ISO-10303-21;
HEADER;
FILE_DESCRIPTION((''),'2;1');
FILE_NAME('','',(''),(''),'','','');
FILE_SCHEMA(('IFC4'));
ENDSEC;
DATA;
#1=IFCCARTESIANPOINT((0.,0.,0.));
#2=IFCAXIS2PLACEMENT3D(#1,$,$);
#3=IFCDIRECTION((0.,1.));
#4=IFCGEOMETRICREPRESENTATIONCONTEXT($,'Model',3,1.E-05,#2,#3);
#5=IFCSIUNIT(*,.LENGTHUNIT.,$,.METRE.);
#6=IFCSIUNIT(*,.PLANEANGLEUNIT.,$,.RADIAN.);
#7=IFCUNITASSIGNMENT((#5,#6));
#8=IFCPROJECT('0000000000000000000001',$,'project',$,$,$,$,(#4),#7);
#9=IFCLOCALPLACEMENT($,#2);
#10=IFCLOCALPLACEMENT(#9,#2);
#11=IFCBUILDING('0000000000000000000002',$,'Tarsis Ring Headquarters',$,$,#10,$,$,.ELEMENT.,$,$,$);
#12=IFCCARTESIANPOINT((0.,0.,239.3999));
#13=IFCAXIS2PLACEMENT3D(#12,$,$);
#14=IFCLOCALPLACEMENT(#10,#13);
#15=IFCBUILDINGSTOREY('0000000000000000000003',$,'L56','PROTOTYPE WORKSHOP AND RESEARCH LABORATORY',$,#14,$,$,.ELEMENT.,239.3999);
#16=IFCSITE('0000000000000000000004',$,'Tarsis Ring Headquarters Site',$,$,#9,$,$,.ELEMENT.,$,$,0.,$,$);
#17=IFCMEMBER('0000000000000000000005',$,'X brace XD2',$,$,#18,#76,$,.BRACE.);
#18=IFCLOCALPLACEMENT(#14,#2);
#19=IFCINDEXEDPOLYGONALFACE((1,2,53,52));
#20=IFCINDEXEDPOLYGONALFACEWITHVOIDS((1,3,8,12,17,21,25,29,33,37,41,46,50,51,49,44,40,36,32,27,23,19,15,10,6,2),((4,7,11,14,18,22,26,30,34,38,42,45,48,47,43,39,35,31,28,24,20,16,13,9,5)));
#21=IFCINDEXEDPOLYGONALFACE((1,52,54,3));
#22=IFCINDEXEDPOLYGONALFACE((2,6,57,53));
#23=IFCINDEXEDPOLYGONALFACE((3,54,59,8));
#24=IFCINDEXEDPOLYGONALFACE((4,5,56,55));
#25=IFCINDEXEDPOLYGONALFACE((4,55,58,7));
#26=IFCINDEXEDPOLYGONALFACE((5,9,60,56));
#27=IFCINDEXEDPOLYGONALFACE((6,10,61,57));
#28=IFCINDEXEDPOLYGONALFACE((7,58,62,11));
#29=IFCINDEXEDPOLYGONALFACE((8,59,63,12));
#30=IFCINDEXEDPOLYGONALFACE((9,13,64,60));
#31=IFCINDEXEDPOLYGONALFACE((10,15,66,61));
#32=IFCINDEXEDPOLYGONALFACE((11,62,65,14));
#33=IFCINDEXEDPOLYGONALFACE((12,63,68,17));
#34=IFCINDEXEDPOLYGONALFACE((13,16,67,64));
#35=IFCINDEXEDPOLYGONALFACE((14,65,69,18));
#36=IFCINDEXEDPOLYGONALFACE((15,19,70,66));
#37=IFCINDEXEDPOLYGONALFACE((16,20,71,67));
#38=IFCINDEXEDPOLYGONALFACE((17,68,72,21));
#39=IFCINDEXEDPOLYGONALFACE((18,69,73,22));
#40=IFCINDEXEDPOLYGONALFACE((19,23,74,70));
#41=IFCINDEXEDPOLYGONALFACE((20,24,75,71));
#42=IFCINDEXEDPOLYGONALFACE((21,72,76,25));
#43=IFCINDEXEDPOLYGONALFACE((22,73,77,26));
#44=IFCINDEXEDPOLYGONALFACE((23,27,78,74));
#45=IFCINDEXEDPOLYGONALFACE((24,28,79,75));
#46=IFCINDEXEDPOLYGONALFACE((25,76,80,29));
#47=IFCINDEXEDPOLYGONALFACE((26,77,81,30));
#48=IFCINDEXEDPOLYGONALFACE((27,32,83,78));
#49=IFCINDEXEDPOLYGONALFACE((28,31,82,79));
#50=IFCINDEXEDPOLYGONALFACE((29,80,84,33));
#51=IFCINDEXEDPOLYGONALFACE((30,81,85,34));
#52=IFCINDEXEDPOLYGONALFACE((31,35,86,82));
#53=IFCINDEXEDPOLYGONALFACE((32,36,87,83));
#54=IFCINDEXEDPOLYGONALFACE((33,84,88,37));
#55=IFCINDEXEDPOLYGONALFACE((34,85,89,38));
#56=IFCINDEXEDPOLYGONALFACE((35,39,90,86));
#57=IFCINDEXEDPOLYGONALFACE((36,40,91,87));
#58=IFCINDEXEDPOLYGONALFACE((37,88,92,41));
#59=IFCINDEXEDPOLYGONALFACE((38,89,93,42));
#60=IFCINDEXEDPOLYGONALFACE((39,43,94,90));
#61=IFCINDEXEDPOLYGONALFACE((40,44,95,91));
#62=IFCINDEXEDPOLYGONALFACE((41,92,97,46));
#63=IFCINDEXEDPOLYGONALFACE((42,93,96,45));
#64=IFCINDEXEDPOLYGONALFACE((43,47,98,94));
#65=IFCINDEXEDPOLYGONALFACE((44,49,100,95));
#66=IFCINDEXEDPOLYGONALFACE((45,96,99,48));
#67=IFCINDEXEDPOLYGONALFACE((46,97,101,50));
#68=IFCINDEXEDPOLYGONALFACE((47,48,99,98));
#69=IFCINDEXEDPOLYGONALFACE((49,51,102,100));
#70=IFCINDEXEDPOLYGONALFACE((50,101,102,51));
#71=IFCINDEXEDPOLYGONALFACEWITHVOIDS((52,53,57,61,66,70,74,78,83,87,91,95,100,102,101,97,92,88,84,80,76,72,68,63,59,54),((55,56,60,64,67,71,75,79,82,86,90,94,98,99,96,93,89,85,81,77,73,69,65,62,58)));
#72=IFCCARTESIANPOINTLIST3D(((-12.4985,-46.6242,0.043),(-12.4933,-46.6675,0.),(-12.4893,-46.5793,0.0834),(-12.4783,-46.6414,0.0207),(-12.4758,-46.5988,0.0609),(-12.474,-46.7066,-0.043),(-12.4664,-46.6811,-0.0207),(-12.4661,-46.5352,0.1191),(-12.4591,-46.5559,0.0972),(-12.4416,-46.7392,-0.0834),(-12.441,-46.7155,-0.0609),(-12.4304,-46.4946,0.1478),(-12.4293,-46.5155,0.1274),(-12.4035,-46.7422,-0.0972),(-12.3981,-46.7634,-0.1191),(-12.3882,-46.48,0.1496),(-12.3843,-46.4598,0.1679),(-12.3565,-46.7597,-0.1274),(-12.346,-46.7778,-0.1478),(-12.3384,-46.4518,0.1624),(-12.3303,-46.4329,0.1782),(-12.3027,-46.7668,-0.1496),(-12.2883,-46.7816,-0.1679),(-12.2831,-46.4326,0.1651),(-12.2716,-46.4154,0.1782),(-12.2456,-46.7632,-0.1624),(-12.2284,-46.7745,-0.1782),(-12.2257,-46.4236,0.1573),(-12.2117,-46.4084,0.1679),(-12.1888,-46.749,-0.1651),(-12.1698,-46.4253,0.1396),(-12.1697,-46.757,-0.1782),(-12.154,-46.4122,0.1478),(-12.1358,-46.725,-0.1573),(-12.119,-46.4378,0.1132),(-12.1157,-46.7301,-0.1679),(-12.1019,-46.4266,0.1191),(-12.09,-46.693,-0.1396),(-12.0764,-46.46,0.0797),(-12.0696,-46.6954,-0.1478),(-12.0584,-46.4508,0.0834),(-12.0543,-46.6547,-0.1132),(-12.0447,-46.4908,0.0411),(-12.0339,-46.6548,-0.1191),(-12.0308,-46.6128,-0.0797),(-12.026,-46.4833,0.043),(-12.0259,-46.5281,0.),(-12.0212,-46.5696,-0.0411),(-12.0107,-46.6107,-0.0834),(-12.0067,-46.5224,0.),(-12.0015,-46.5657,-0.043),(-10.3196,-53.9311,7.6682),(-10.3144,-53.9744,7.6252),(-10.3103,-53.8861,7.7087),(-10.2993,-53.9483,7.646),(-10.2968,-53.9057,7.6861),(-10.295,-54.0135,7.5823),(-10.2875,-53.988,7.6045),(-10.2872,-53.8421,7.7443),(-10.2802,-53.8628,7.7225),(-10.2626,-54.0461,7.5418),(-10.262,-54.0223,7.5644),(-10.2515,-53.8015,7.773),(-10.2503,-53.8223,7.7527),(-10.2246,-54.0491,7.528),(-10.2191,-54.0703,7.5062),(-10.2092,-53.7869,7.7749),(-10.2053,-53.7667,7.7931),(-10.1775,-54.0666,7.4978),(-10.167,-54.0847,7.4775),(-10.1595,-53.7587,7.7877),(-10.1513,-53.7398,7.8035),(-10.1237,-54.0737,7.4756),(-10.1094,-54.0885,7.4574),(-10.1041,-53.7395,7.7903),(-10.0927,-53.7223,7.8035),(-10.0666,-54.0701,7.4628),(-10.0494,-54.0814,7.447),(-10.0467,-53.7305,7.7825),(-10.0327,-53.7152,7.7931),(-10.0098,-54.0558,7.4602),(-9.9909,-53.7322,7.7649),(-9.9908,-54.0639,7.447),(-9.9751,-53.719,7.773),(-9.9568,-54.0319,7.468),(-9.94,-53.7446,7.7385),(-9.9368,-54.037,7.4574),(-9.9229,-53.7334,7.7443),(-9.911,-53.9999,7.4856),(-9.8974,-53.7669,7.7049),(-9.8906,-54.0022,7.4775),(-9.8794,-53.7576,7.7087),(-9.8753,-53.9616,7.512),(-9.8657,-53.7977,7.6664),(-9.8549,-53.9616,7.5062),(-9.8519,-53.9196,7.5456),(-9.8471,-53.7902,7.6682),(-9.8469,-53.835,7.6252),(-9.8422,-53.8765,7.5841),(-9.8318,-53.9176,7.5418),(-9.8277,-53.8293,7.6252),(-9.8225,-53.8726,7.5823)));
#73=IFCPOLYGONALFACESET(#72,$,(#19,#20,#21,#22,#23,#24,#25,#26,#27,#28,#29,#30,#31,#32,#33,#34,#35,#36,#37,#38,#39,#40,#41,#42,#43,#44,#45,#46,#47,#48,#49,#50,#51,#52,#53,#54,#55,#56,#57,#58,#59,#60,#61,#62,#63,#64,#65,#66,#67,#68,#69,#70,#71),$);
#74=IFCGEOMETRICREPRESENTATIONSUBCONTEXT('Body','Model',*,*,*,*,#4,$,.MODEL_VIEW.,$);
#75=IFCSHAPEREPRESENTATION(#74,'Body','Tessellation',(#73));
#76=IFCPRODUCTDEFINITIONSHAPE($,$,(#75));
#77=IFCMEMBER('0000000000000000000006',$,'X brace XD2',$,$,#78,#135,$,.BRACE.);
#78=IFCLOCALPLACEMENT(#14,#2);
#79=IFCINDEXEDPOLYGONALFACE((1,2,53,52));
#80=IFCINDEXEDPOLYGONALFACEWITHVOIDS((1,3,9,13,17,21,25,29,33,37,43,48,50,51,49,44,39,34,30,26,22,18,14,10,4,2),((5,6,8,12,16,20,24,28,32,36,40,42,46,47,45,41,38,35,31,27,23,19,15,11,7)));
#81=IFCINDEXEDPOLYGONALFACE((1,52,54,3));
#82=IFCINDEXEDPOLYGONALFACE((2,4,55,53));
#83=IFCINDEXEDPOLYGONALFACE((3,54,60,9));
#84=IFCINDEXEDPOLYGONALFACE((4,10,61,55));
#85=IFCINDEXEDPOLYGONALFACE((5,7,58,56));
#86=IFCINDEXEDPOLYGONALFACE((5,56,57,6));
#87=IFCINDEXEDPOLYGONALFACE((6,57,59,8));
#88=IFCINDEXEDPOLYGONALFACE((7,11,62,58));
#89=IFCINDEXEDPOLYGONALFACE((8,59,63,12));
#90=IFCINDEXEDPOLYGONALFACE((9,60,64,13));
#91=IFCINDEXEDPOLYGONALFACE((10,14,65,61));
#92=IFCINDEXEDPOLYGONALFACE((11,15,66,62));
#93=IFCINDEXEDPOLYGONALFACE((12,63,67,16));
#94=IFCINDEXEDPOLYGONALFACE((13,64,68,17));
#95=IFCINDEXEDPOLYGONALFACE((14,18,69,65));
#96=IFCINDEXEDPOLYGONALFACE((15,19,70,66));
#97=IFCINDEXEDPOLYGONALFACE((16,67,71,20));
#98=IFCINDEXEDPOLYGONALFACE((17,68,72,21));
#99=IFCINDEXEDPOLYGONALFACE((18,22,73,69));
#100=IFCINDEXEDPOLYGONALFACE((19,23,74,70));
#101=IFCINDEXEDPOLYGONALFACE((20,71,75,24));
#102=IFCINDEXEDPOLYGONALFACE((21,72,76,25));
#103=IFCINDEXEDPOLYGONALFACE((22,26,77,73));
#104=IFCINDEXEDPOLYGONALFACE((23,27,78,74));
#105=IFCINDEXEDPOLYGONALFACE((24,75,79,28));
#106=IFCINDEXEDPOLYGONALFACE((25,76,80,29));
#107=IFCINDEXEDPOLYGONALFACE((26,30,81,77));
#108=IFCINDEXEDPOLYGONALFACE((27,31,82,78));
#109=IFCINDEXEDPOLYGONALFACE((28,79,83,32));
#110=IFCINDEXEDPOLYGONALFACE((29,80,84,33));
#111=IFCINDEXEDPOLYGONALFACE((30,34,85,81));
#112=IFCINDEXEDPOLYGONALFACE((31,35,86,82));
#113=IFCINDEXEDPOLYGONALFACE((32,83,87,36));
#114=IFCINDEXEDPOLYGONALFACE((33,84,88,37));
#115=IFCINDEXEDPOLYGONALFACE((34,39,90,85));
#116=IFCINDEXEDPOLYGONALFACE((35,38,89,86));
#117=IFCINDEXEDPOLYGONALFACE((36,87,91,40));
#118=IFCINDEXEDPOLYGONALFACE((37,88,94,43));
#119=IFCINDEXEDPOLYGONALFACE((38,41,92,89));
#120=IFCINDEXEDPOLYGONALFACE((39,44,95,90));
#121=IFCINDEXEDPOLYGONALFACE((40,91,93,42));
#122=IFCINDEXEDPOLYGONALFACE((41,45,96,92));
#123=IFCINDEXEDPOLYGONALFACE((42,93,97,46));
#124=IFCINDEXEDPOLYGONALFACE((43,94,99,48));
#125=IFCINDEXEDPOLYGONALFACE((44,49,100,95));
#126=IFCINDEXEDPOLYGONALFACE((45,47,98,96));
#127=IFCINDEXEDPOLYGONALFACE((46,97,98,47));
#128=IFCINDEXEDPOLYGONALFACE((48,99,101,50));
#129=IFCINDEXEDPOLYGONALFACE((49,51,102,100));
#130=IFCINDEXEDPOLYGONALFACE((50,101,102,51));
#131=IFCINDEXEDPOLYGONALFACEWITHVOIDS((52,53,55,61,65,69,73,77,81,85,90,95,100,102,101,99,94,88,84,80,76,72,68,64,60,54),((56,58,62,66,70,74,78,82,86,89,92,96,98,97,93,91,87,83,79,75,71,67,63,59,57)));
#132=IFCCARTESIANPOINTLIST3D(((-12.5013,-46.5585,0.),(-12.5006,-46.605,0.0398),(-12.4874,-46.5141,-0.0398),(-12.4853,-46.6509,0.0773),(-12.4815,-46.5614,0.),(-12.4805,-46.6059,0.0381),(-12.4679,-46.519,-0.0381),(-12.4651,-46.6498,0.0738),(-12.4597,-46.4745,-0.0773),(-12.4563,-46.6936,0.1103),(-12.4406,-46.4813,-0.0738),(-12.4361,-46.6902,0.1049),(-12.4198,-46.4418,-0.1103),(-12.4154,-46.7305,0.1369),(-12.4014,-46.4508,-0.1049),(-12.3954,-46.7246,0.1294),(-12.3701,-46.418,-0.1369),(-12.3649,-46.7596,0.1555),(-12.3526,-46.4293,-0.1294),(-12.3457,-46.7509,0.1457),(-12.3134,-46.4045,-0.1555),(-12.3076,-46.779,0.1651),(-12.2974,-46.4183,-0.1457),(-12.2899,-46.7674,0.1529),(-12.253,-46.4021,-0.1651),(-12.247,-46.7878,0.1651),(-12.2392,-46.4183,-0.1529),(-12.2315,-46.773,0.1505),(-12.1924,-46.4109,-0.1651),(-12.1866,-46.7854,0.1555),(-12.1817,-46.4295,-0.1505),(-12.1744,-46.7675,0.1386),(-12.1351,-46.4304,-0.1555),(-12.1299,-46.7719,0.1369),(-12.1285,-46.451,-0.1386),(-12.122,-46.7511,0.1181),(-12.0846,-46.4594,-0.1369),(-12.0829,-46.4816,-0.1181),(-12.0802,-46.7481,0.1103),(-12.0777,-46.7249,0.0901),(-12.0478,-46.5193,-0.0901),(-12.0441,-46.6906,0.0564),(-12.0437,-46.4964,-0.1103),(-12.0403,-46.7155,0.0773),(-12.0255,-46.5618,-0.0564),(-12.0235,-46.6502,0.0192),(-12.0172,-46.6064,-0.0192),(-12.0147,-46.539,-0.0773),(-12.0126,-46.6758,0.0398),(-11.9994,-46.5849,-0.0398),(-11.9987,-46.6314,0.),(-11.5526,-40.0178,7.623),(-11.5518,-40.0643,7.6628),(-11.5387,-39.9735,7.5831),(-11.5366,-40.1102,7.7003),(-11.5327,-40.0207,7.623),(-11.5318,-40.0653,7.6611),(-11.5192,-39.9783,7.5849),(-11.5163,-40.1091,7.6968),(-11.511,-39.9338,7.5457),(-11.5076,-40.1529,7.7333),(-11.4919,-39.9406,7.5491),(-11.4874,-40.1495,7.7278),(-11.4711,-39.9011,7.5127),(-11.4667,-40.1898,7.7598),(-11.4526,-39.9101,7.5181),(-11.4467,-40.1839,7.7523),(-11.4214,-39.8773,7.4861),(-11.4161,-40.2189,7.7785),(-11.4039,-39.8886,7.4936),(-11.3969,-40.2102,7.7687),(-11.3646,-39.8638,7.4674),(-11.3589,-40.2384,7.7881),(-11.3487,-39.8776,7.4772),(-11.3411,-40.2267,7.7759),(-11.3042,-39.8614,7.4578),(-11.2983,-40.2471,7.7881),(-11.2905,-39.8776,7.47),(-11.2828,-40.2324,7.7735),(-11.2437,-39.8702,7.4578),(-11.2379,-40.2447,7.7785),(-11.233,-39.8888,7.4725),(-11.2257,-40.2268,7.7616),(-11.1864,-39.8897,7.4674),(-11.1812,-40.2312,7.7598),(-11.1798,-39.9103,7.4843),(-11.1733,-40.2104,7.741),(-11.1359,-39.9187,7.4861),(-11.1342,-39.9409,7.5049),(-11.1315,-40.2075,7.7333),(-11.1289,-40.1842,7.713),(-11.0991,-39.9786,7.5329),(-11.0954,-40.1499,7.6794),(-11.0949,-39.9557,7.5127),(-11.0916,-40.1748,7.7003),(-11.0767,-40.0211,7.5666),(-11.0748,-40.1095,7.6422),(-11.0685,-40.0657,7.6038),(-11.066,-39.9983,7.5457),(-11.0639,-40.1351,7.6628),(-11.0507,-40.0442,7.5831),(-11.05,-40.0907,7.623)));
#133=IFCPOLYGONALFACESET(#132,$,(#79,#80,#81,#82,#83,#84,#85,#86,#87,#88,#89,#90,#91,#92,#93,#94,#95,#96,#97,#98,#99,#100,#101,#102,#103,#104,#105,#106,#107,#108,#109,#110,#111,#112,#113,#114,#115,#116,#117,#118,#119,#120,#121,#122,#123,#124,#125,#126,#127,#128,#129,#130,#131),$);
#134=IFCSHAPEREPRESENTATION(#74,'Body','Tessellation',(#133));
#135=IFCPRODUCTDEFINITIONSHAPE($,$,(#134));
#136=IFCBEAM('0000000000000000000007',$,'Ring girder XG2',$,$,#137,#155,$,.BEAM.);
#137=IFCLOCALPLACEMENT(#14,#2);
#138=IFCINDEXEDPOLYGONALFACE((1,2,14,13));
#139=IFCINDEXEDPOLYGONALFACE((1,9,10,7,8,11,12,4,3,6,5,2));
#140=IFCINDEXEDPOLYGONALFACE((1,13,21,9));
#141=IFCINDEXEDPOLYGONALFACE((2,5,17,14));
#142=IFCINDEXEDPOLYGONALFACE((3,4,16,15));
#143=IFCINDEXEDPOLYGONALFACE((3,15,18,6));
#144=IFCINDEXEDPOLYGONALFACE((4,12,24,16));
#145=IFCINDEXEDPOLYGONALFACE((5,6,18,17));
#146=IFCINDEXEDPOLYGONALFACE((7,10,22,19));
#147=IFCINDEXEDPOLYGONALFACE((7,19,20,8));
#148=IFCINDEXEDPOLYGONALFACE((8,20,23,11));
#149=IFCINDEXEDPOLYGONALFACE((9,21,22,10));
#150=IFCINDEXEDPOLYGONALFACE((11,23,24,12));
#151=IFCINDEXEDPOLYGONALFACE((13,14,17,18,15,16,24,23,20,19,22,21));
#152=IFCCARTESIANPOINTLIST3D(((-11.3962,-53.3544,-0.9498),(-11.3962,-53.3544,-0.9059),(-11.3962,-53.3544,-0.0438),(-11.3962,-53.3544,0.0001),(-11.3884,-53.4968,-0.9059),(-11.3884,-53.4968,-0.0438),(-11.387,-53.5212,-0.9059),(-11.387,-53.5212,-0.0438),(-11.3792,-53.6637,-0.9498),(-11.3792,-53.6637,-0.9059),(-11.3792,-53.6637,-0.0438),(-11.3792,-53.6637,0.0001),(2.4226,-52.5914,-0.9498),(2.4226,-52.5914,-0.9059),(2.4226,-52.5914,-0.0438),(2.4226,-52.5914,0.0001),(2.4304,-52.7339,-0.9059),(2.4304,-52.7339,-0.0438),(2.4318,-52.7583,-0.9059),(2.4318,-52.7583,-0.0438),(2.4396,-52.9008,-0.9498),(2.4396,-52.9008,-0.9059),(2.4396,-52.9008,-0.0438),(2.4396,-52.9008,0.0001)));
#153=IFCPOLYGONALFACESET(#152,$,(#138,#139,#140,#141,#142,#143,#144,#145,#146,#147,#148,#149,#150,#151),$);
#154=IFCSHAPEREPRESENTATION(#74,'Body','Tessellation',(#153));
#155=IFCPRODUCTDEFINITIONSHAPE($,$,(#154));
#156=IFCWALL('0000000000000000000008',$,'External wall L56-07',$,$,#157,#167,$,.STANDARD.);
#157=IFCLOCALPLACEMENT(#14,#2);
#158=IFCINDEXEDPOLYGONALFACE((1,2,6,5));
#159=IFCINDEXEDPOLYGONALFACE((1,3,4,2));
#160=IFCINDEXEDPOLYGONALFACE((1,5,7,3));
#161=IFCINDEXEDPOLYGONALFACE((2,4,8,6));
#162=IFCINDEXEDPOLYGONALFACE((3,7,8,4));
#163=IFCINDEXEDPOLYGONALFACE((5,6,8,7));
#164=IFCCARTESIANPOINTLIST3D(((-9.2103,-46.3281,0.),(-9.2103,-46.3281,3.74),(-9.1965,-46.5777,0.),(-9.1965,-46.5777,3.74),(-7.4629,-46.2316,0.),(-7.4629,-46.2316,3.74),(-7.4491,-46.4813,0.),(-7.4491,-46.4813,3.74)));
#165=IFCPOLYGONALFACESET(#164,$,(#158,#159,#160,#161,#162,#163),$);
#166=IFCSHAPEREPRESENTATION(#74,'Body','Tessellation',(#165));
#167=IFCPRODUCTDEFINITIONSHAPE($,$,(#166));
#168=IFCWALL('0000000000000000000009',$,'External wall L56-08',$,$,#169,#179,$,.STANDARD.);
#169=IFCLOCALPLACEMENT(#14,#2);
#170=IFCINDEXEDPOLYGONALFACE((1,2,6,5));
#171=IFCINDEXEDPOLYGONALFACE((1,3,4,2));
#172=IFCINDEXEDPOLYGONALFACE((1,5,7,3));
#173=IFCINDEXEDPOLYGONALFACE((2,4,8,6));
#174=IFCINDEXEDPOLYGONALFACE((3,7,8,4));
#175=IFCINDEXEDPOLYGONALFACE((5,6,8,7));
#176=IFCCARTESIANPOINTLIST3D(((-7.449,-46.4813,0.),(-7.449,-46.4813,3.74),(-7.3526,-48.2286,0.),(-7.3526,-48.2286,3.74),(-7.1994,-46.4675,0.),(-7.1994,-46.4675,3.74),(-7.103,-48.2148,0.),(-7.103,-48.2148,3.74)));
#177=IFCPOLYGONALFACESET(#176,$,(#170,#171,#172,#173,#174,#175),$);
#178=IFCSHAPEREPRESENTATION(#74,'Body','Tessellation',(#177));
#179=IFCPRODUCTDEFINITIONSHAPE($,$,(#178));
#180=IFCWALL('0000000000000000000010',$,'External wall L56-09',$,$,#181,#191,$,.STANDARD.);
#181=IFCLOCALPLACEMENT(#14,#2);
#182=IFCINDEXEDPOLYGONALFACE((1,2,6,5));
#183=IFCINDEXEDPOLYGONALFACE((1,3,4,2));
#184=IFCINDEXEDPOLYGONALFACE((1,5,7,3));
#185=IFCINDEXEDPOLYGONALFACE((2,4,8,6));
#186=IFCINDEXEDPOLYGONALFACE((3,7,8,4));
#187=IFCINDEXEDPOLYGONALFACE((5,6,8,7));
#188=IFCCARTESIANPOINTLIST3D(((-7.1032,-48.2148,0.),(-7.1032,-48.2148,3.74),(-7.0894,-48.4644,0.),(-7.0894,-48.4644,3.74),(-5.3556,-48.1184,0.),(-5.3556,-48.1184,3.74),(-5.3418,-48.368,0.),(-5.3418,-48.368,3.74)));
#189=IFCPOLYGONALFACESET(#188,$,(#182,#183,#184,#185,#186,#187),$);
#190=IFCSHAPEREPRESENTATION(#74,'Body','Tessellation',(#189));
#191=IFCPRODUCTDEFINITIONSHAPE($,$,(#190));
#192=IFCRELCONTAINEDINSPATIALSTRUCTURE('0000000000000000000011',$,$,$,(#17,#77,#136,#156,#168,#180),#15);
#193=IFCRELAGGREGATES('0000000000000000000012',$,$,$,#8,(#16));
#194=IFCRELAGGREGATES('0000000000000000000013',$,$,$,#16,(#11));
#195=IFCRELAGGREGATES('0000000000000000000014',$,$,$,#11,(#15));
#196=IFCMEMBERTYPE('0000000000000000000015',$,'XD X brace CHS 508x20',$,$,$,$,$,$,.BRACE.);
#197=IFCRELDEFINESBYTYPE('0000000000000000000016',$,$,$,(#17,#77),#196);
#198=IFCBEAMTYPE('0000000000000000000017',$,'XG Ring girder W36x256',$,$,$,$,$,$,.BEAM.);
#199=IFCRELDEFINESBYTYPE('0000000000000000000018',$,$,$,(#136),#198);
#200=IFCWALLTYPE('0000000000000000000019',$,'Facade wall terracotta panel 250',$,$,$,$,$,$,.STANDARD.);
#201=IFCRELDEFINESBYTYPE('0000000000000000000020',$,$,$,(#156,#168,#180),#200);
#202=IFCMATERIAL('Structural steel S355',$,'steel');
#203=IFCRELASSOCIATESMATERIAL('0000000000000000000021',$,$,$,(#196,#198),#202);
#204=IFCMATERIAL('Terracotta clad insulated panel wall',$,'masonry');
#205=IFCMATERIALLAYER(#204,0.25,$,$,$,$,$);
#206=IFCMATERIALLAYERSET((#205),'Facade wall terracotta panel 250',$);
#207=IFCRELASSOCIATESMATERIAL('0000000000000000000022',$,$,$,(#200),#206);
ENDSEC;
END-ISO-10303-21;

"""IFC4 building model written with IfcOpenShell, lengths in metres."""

from ifc_helpers import new_model, si_unit, direction, frame, frame_2d, origin, origin_2d, place, context, subcontext, project, spatial, rectangle, hollow_circle, i_section, extrude, material, layer, layer_set, material_profile, profile_set, type_object, element, save


model = new_model("IFC4")

# Units and contexts
model_context = context("Model", 3, precision=1e-05, world=origin(), true_north=direction((0.0, 1.0)))
body_context = subcontext(model_context, "Body", "Model", "MODEL_VIEW")
ifc_project = project(units=[si_unit("LENGTHUNIT", "METRE"), si_unit("PLANEANGLEUNIT", "RADIAN")], contexts=[model_context])

# Site, building, storey
site_placement = place(None, origin())
site = spatial("IfcSite", under=ifc_project, at=site_placement, Name="Tarsis Ring Headquarters Site", CompositionType="ELEMENT", RefElevation=0.0)
building_placement = place(site_placement, origin())
building = spatial("IfcBuilding", under=site, at=building_placement, Name="Tarsis Ring Headquarters", CompositionType="ELEMENT")
storey_placement = place(building_placement, frame((0.0, 0.0, 239.3999)))
storey = spatial("IfcBuildingStorey", under=building, at=storey_placement, Name="L56", Description="PROTOTYPE WORKSHOP AND RESEARCH LABORATORY", CompositionType="ELEMENT", Elevation=239.3999)

# Shared definitions
ifc_material_1 = material(Name="Structural steel S355", Category="steel")

# Shared definitions
ifc_material_profile_1 = material_profile(ifc_material_1, i_section(OverallWidth=0.3098, OverallDepth=0.95, WebThickness=0.0244, FlangeThickness=0.0439, at=origin_2d()), Name="W36x256")
ifc_profile_set_1 = profile_set([ifc_material_profile_1], Name="Structural steel S355")

# Members
ifc_material_profile_2 = material_profile(ifc_material_1, hollow_circle(Radius=0.2539, WallThickness=0.02, at=origin_2d()), Name="CHS 508x20")
ifc_profile_set_2 = profile_set([ifc_material_profile_2], Name="Structural steel S355")
member_type = type_object("IfcMemberType", Name="XD X brace CHS 508x20", PredefinedType="BRACE", material=ifc_profile_set_2)
member_1_placement = place(storey_placement, frame((-12.25, -46.595, 0.0), z_axis=(0.202065, -0.677602, 0.707125), x_axis=(0.958298, 0.28577, 0.0)))
element("IfcMember", 1, at=member_1_placement, inside=storey, type_object=member_type, Name="X brace XD2", PredefinedType="BRACE", context=body_context, shape_type="SweptSolid", body=[
    extrude(hollow_circle(Radius=0.2539, WallThickness=0.02, at=origin_2d()), origin(), (0.0, 0.0, 1.0), 10.7834),
])
member_2_placement = place(storey_placement, frame((-12.25, -46.595, 0.0), z_axis=(0.094034, 0.648292, 0.755563), x_axis=(-0.989644, 0.143547, 0.0)))
element("IfcMember", 2, at=member_2_placement, inside=storey, type_object=member_type, Name="X brace XD2", PredefinedType="BRACE", context=body_context, shape_type="SweptSolid", body=[
    extrude(hollow_circle(Radius=0.2539, WallThickness=0.02, at=origin_2d()), origin(), (0.0, 0.0, 1.0), 10.0891),
])

# Beam
beam_type_1 = type_object("IfcBeamType", Name="XG Ring girder W36x256", PredefinedType="BEAM", material=ifc_profile_set_1)
beam_1_placement = place(storey_placement, frame((-11.3877, -53.509, -0.4749), z_axis=(0.998479, 0.055126, 0.0), x_axis=(-0.055126, 0.998479, 0.0)))
element("IfcBeam", 3, at=beam_1_placement, inside=storey, type_object=beam_type_1, Name="Ring girder XG2", PredefinedType="BEAM", context=body_context, shape_type="SweptSolid", body=[
    extrude(i_section(OverallWidth=0.3098, OverallDepth=0.95, WebThickness=0.0244, FlangeThickness=0.0439, at=origin_2d()), origin(), (0.0, 0.0, 1.0), 13.8398),
])

# Walls
ifc_material_2 = material(Name="Terracotta clad insulated panel wall", Category="masonry")
ifc_layer = layer(ifc_material_2, 0.25)
ifc_layer_set = layer_set([ifc_layer], Name="Facade wall terracotta panel 250")
wall_type = type_object("IfcWallType", Name="Facade wall terracotta panel 250", PredefinedType="STANDARD", material=ifc_layer_set)
for number, where, z_axis, x_axis, name in (
    (4, (-9.2034, -46.4529, 0.0), (0.0, 0.0, 1.0), (0.99848, 0.055107, 0.0), "External wall L56-07"),
    (5, (-7.3242, -46.4744, 0.0), (0.0, 0.0, 1.0), (0.055107, -0.99848, 0.0), "External wall L56-08"),
):
    element("IfcWall", number, at=place(storey_placement, frame(where, z_axis=z_axis, x_axis=x_axis)), inside=storey, type_object=wall_type, Name=name, PredefinedType="STANDARD", context=body_context, shape_type="SweptSolid", body=[
        extrude(rectangle(XDim=1.75, YDim=0.25, at=frame_2d((0.875, 0.0))), origin(), (0.0, 0.0, 1.0), 3.74),
    ])
wall_placement = place(storey_placement, frame((-7.0962, -48.3396, 0.0), z_axis=(0.0, 0.0, 1.0), x_axis=(0.998481, 0.055099, 0.0)))
element("IfcWall", 6, at=wall_placement, inside=storey, type_object=wall_type, Name="External wall L56-09", PredefinedType="STANDARD", context=body_context, shape_type="SweptSolid", body=[
    extrude(rectangle(XDim=1.7502, YDim=0.25, at=frame_2d((0.875, 0.0))), origin(), (0.0, 0.0, 1.0), 3.74),
])

save(model, "model.ifc")
